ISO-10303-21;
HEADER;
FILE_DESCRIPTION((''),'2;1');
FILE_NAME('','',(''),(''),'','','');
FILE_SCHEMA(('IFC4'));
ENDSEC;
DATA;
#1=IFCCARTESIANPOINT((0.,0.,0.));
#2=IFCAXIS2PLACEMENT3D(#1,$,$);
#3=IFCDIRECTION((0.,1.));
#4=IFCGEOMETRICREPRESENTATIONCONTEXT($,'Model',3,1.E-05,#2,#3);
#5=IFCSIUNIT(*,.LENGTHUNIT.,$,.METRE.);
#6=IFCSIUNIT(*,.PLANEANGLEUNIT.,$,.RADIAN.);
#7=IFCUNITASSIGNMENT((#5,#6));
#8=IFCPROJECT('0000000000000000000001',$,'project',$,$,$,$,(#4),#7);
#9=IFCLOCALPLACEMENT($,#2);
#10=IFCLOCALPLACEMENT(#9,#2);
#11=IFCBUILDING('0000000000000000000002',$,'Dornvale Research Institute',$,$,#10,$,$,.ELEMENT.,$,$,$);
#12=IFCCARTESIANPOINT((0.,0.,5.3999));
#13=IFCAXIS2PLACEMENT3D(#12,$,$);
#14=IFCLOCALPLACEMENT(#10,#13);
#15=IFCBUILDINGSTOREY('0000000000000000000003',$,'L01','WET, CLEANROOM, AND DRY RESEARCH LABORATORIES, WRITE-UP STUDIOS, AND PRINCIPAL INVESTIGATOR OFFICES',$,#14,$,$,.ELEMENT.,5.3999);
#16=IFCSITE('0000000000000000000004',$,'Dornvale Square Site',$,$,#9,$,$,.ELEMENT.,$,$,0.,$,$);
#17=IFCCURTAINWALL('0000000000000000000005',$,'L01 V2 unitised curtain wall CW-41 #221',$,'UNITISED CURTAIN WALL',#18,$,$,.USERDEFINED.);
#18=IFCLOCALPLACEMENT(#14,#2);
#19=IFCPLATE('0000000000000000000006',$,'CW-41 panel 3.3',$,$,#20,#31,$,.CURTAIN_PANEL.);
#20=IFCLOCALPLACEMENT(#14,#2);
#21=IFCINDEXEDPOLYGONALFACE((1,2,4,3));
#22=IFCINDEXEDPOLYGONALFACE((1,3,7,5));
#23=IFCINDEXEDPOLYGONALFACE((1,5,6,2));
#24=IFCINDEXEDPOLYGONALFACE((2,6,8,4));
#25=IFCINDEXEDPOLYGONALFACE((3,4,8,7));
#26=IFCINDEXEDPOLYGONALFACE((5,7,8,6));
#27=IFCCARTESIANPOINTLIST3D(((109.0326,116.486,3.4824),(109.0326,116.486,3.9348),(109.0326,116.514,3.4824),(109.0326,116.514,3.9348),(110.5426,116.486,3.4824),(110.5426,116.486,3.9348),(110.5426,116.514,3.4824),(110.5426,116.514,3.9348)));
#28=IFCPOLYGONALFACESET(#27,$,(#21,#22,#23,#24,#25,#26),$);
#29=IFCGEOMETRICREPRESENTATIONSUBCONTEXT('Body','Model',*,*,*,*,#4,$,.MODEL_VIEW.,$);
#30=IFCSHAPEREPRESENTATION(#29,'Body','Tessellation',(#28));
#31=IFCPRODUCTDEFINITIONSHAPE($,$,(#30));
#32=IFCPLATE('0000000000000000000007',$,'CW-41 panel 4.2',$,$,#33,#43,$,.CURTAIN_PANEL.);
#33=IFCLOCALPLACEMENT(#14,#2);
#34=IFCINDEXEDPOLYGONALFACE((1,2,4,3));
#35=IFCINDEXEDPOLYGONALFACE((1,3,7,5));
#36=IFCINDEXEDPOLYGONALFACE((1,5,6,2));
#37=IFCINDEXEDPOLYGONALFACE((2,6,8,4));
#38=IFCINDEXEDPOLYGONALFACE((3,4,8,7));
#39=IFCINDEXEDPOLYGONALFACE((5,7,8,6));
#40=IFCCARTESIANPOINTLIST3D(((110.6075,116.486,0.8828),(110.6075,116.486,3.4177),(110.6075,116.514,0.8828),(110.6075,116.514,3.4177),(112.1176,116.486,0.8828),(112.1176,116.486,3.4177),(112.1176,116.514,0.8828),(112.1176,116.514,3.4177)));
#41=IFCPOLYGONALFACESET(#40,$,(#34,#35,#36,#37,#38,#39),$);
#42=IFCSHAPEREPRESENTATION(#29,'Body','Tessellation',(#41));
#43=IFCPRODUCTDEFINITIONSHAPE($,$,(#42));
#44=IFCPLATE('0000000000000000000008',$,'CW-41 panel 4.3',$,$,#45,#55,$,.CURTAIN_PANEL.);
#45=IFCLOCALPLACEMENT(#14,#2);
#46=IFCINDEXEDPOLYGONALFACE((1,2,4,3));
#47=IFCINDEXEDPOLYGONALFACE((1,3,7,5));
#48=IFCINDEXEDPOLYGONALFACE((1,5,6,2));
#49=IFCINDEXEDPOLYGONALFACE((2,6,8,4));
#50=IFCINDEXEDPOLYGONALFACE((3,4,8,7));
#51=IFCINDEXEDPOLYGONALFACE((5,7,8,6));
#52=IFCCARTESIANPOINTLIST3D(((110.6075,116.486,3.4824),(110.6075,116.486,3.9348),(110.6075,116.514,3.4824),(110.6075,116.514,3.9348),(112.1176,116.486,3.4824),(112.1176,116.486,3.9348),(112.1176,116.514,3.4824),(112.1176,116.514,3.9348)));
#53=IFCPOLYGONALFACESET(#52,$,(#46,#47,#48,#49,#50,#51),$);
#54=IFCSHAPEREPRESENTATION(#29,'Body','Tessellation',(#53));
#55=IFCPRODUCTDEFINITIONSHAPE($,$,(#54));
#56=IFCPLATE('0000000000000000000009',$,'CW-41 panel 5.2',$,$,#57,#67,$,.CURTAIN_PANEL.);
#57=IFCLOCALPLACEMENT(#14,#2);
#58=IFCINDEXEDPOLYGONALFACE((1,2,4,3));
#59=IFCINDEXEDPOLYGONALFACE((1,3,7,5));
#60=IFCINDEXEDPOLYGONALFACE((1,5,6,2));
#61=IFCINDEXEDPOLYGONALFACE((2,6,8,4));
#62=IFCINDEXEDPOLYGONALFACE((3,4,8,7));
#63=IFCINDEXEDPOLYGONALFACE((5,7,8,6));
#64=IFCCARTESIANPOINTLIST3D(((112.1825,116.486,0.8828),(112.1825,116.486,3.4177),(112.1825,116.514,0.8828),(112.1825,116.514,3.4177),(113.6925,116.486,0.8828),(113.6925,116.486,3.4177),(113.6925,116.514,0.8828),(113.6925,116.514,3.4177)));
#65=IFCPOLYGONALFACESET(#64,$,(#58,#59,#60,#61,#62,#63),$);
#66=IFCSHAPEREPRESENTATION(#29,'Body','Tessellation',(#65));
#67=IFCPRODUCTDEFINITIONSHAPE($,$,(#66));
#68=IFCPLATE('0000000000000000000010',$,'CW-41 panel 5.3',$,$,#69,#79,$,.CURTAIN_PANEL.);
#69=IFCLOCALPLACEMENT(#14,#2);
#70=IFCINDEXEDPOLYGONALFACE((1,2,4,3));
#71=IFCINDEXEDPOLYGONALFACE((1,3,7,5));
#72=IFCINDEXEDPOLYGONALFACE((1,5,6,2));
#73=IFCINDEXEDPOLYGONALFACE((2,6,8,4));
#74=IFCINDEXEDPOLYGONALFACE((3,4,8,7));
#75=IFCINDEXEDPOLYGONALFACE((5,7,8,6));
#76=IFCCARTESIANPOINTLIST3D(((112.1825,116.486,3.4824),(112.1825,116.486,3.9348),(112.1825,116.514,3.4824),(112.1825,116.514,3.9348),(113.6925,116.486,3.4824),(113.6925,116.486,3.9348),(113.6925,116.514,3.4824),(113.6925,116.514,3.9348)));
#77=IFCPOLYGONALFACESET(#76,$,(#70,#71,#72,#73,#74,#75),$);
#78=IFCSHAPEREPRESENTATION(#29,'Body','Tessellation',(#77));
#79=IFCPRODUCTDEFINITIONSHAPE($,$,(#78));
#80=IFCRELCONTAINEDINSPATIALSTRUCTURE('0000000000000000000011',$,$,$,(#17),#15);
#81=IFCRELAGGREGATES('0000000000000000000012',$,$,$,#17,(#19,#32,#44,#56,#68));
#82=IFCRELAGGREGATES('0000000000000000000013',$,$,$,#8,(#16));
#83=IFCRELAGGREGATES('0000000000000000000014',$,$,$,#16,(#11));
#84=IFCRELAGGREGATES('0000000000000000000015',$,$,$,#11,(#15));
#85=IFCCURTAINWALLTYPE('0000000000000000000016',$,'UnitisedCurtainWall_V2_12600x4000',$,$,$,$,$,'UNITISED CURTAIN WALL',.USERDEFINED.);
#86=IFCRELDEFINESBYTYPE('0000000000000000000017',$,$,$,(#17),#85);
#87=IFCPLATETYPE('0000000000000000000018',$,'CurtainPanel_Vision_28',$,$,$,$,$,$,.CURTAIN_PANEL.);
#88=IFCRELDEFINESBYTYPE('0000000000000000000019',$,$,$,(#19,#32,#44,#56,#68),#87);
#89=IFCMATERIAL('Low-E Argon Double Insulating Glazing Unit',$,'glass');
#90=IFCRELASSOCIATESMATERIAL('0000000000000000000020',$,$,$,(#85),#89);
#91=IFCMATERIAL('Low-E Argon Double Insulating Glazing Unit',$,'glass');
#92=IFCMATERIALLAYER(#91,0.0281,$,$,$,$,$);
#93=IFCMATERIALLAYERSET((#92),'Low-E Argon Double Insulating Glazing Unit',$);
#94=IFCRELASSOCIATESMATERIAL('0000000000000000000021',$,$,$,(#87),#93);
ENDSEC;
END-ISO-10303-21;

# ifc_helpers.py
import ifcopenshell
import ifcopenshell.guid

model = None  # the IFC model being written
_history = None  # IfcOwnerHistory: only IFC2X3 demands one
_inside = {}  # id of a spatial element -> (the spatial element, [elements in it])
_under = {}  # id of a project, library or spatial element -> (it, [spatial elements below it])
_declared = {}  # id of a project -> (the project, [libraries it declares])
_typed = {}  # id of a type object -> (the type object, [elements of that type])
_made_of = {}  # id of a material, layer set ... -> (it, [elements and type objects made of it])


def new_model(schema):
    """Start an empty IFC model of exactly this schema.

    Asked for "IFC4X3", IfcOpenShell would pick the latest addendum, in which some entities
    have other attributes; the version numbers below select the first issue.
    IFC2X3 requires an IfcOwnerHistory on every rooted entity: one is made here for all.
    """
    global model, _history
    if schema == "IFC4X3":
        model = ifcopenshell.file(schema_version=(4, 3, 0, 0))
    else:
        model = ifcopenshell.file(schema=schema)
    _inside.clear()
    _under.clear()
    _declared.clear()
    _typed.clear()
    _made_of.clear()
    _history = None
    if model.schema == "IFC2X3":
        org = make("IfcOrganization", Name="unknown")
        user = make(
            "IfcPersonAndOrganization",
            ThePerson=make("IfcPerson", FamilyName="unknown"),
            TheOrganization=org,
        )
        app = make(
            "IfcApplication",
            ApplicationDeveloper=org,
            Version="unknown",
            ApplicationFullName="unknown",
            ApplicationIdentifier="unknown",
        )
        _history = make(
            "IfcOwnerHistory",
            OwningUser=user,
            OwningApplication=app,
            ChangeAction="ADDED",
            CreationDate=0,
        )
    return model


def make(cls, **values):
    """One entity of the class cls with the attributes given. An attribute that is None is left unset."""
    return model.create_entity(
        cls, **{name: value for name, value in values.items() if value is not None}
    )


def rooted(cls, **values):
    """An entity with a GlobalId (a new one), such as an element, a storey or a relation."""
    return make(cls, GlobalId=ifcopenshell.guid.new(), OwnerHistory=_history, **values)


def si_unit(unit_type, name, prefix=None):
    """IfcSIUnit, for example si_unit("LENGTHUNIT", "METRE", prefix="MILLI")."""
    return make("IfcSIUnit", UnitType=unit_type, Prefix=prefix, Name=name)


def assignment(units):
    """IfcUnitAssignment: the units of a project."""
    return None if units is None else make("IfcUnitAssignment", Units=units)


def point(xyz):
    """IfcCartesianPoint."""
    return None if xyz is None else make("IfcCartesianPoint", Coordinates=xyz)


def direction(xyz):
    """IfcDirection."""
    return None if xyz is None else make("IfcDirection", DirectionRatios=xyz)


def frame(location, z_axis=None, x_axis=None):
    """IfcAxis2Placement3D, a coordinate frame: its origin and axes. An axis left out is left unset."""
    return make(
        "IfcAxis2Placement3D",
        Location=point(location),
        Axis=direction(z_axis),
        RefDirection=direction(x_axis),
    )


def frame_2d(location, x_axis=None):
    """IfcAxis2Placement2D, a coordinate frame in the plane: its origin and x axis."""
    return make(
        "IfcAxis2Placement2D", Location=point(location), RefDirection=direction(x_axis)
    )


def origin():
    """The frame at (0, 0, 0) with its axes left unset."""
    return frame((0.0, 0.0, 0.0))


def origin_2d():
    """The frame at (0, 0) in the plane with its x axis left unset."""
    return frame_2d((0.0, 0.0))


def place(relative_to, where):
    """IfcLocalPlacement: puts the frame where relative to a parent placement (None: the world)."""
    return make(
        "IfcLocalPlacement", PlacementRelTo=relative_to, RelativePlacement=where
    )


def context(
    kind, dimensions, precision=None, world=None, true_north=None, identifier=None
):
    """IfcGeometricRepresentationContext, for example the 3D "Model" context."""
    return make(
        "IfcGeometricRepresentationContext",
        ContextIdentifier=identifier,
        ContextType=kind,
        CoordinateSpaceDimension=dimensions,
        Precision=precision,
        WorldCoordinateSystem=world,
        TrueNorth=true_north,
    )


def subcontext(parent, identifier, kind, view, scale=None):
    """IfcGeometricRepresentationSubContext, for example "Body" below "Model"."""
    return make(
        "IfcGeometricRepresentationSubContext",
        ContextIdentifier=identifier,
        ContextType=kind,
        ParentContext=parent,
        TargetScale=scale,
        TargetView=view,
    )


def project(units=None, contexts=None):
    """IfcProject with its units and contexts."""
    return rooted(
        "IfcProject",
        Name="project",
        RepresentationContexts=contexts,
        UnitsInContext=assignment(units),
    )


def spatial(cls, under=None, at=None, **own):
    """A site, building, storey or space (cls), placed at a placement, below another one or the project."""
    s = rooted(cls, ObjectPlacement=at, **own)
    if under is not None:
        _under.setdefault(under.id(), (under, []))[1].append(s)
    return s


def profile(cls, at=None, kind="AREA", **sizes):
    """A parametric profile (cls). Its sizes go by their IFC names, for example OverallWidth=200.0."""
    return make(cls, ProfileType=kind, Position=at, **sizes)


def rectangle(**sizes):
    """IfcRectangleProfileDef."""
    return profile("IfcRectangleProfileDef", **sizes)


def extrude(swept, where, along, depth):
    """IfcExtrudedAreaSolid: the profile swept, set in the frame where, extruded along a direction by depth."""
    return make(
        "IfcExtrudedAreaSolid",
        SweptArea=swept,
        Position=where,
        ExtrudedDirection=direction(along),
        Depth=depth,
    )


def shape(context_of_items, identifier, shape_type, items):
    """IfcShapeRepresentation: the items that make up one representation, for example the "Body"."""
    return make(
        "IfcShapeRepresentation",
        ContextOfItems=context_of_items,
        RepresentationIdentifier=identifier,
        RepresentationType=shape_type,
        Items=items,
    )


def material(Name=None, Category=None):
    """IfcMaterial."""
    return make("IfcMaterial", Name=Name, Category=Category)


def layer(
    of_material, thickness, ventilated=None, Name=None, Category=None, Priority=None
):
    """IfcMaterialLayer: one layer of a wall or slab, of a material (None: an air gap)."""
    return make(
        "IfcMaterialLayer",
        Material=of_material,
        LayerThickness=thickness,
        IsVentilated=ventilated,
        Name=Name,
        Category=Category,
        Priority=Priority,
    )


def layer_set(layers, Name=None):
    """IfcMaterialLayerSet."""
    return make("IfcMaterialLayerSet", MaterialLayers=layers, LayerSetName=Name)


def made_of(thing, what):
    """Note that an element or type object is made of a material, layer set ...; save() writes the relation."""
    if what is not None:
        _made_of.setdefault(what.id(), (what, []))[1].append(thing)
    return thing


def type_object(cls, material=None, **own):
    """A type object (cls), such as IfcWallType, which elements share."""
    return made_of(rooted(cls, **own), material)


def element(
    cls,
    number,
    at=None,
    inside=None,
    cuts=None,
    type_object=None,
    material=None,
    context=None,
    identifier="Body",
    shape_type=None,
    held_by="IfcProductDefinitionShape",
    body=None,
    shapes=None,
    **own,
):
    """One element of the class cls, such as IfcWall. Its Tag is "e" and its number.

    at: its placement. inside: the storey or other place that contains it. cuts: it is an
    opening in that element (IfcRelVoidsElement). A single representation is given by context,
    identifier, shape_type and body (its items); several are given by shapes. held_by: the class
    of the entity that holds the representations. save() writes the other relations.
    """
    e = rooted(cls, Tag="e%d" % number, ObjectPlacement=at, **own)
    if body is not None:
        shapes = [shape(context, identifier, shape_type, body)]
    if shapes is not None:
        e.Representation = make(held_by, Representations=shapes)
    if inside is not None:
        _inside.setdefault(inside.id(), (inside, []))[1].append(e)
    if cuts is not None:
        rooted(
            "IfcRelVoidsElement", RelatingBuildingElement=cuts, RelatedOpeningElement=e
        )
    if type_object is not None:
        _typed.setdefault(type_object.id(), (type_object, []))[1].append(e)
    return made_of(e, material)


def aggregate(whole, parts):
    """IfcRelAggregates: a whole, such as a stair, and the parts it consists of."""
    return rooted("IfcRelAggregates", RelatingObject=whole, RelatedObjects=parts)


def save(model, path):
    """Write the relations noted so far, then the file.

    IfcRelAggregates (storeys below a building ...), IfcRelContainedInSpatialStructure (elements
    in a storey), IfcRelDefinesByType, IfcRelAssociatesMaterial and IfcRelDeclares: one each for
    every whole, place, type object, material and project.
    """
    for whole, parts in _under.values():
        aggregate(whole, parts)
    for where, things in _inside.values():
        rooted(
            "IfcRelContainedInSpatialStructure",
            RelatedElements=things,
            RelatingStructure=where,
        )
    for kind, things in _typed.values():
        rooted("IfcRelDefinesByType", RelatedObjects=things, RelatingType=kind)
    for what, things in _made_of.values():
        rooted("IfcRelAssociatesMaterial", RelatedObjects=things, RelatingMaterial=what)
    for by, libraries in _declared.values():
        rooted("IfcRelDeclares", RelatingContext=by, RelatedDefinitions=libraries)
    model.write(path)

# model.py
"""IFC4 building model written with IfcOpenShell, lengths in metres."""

from ifc_helpers import new_model, si_unit, direction, frame, origin, origin_2d, place, context, subcontext, project, spatial, rectangle, extrude, material, layer, layer_set, type_object, element, aggregate, save


model = new_model("IFC4")

# Units and contexts
model_context = context("Model", 3, precision=1e-05, world=origin(), true_north=direction((0.0, 1.0)))
body_context = subcontext(model_context, "Body", "Model", "MODEL_VIEW")
ifc_project = project(units=[si_unit("LENGTHUNIT", "METRE"), si_unit("PLANEANGLEUNIT", "RADIAN")], contexts=[model_context])

# Site, building, storey
site_placement = place(None, origin())
site = spatial("IfcSite", under=ifc_project, at=site_placement, Name="Dornvale Square Site", CompositionType="ELEMENT", RefElevation=0.0)
building_placement = place(site_placement, origin())
building = spatial("IfcBuilding", under=site, at=building_placement, Name="Dornvale Research Institute", CompositionType="ELEMENT")
storey_placement = place(building_placement, frame((0.0, 0.0, 5.3999)))
storey = spatial("IfcBuildingStorey", under=building, at=storey_placement, Name="L01", Description="WET, CLEANROOM, AND DRY RESEARCH LABORATORIES, WRITE-UP STUDIOS, AND PRINCIPAL INVESTIGATOR OFFICES", CompositionType="ELEMENT", Elevation=5.3999)

# Curtain wall, plates
ifc_material_1 = material(Name="Low-E Argon Double Insulating Glazing Unit", Category="glass")
curtain_wall_type = type_object("IfcCurtainWallType", Name="UnitisedCurtainWall_V2_12600x4000", ElementType="UNITISED CURTAIN WALL", PredefinedType="USERDEFINED", material=ifc_material_1)
curtain_wall_placement = place(storey_placement, origin())
curtain_wall = element("IfcCurtainWall", 1, at=curtain_wall_placement, inside=storey, type_object=curtain_wall_type, Name="L01 V2 unitised curtain wall CW-41 #221", ObjectType="UNITISED CURTAIN WALL", PredefinedType="USERDEFINED")
ifc_material_2 = material(Name="Low-E Argon Double Insulating Glazing Unit", Category="glass")
ifc_layer_1 = layer(ifc_material_2, 0.0281)
ifc_layer_set_1 = layer_set([ifc_layer_1], Name="Low-E Argon Double Insulating Glazing Unit")
plate_type_1 = type_object("IfcPlateType", Name="CurtainPanel_Vision_28", PredefinedType="CURTAIN_PANEL", material=ifc_layer_set_1)
plate_1_placement = place(storey_placement, frame((109.7876, 116.5, 3.4824), z_axis=(0.0, 0.0, 1.0), x_axis=(1.0, 0.0, 0.0)))
plate_1 = element("IfcPlate", 2, at=plate_1_placement, type_object=plate_type_1, Name="CW-41 panel 3.3", PredefinedType="CURTAIN_PANEL", context=body_context, shape_type="SweptSolid", body=[
    extrude(rectangle(XDim=1.51, YDim=0.0281, at=origin_2d()), origin(), (0.0, 0.0, 1.0), 0.4524),
])
plate_2_placement = place(storey_placement, frame((111.3625, 116.5, 0.8828), z_axis=(0.0, 0.0, 1.0), x_axis=(1.0, 0.0, 0.0)))
plate_2 = element("IfcPlate", 3, at=plate_2_placement, type_object=plate_type_1, Name="CW-41 panel 4.2", PredefinedType="CURTAIN_PANEL", context=body_context, shape_type="SweptSolid", body=[
    extrude(rectangle(XDim=1.51, YDim=0.0281, at=origin_2d()), origin(), (0.0, 0.0, 1.0), 2.5349),
])
plate_3_placement = place(storey_placement, frame((111.3625, 116.5, 3.4824), z_axis=(0.0, 0.0, 1.0), x_axis=(1.0, 0.0, 0.0)))
plate_3 = element("IfcPlate", 4, at=plate_3_placement, type_object=plate_type_1, Name="CW-41 panel 4.3", PredefinedType="CURTAIN_PANEL", context=body_context, shape_type="SweptSolid", body=[
    extrude(rectangle(XDim=1.51, YDim=0.0281, at=origin_2d()), origin(), (0.0, 0.0, 1.0), 0.4524),
])
plate_4_placement = place(storey_placement, frame((112.9375, 116.5, 0.8828), z_axis=(0.0, 0.0, 1.0), x_axis=(1.0, 0.0, 0.0)))
plate_4 = element("IfcPlate", 5, at=plate_4_placement, type_object=plate_type_1, Name="CW-41 panel 5.2", PredefinedType="CURTAIN_PANEL", context=body_context, shape_type="SweptSolid", body=[
    extrude(rectangle(XDim=1.51, YDim=0.0281, at=origin_2d()), origin(), (0.0, 0.0, 1.0), 2.5349),
])
plate_5_placement = place(storey_placement, frame((112.9375, 116.5, 3.4824), z_axis=(0.0, 0.0, 1.0), x_axis=(1.0, 0.0, 0.0)))
plate_5 = element("IfcPlate", 6, at=plate_5_placement, type_object=plate_type_1, Name="CW-41 panel 5.3", PredefinedType="CURTAIN_PANEL", context=body_context, shape_type="SweptSolid", body=[
    extrude(rectangle(XDim=1.51, YDim=0.0281, at=origin_2d()), origin(), (0.0, 0.0, 1.0), 0.4524),
])
aggregate(curtain_wall, [plate_1, plate_2, plate_3, plate_4, plate_5])

save(model, "model.ifc")
